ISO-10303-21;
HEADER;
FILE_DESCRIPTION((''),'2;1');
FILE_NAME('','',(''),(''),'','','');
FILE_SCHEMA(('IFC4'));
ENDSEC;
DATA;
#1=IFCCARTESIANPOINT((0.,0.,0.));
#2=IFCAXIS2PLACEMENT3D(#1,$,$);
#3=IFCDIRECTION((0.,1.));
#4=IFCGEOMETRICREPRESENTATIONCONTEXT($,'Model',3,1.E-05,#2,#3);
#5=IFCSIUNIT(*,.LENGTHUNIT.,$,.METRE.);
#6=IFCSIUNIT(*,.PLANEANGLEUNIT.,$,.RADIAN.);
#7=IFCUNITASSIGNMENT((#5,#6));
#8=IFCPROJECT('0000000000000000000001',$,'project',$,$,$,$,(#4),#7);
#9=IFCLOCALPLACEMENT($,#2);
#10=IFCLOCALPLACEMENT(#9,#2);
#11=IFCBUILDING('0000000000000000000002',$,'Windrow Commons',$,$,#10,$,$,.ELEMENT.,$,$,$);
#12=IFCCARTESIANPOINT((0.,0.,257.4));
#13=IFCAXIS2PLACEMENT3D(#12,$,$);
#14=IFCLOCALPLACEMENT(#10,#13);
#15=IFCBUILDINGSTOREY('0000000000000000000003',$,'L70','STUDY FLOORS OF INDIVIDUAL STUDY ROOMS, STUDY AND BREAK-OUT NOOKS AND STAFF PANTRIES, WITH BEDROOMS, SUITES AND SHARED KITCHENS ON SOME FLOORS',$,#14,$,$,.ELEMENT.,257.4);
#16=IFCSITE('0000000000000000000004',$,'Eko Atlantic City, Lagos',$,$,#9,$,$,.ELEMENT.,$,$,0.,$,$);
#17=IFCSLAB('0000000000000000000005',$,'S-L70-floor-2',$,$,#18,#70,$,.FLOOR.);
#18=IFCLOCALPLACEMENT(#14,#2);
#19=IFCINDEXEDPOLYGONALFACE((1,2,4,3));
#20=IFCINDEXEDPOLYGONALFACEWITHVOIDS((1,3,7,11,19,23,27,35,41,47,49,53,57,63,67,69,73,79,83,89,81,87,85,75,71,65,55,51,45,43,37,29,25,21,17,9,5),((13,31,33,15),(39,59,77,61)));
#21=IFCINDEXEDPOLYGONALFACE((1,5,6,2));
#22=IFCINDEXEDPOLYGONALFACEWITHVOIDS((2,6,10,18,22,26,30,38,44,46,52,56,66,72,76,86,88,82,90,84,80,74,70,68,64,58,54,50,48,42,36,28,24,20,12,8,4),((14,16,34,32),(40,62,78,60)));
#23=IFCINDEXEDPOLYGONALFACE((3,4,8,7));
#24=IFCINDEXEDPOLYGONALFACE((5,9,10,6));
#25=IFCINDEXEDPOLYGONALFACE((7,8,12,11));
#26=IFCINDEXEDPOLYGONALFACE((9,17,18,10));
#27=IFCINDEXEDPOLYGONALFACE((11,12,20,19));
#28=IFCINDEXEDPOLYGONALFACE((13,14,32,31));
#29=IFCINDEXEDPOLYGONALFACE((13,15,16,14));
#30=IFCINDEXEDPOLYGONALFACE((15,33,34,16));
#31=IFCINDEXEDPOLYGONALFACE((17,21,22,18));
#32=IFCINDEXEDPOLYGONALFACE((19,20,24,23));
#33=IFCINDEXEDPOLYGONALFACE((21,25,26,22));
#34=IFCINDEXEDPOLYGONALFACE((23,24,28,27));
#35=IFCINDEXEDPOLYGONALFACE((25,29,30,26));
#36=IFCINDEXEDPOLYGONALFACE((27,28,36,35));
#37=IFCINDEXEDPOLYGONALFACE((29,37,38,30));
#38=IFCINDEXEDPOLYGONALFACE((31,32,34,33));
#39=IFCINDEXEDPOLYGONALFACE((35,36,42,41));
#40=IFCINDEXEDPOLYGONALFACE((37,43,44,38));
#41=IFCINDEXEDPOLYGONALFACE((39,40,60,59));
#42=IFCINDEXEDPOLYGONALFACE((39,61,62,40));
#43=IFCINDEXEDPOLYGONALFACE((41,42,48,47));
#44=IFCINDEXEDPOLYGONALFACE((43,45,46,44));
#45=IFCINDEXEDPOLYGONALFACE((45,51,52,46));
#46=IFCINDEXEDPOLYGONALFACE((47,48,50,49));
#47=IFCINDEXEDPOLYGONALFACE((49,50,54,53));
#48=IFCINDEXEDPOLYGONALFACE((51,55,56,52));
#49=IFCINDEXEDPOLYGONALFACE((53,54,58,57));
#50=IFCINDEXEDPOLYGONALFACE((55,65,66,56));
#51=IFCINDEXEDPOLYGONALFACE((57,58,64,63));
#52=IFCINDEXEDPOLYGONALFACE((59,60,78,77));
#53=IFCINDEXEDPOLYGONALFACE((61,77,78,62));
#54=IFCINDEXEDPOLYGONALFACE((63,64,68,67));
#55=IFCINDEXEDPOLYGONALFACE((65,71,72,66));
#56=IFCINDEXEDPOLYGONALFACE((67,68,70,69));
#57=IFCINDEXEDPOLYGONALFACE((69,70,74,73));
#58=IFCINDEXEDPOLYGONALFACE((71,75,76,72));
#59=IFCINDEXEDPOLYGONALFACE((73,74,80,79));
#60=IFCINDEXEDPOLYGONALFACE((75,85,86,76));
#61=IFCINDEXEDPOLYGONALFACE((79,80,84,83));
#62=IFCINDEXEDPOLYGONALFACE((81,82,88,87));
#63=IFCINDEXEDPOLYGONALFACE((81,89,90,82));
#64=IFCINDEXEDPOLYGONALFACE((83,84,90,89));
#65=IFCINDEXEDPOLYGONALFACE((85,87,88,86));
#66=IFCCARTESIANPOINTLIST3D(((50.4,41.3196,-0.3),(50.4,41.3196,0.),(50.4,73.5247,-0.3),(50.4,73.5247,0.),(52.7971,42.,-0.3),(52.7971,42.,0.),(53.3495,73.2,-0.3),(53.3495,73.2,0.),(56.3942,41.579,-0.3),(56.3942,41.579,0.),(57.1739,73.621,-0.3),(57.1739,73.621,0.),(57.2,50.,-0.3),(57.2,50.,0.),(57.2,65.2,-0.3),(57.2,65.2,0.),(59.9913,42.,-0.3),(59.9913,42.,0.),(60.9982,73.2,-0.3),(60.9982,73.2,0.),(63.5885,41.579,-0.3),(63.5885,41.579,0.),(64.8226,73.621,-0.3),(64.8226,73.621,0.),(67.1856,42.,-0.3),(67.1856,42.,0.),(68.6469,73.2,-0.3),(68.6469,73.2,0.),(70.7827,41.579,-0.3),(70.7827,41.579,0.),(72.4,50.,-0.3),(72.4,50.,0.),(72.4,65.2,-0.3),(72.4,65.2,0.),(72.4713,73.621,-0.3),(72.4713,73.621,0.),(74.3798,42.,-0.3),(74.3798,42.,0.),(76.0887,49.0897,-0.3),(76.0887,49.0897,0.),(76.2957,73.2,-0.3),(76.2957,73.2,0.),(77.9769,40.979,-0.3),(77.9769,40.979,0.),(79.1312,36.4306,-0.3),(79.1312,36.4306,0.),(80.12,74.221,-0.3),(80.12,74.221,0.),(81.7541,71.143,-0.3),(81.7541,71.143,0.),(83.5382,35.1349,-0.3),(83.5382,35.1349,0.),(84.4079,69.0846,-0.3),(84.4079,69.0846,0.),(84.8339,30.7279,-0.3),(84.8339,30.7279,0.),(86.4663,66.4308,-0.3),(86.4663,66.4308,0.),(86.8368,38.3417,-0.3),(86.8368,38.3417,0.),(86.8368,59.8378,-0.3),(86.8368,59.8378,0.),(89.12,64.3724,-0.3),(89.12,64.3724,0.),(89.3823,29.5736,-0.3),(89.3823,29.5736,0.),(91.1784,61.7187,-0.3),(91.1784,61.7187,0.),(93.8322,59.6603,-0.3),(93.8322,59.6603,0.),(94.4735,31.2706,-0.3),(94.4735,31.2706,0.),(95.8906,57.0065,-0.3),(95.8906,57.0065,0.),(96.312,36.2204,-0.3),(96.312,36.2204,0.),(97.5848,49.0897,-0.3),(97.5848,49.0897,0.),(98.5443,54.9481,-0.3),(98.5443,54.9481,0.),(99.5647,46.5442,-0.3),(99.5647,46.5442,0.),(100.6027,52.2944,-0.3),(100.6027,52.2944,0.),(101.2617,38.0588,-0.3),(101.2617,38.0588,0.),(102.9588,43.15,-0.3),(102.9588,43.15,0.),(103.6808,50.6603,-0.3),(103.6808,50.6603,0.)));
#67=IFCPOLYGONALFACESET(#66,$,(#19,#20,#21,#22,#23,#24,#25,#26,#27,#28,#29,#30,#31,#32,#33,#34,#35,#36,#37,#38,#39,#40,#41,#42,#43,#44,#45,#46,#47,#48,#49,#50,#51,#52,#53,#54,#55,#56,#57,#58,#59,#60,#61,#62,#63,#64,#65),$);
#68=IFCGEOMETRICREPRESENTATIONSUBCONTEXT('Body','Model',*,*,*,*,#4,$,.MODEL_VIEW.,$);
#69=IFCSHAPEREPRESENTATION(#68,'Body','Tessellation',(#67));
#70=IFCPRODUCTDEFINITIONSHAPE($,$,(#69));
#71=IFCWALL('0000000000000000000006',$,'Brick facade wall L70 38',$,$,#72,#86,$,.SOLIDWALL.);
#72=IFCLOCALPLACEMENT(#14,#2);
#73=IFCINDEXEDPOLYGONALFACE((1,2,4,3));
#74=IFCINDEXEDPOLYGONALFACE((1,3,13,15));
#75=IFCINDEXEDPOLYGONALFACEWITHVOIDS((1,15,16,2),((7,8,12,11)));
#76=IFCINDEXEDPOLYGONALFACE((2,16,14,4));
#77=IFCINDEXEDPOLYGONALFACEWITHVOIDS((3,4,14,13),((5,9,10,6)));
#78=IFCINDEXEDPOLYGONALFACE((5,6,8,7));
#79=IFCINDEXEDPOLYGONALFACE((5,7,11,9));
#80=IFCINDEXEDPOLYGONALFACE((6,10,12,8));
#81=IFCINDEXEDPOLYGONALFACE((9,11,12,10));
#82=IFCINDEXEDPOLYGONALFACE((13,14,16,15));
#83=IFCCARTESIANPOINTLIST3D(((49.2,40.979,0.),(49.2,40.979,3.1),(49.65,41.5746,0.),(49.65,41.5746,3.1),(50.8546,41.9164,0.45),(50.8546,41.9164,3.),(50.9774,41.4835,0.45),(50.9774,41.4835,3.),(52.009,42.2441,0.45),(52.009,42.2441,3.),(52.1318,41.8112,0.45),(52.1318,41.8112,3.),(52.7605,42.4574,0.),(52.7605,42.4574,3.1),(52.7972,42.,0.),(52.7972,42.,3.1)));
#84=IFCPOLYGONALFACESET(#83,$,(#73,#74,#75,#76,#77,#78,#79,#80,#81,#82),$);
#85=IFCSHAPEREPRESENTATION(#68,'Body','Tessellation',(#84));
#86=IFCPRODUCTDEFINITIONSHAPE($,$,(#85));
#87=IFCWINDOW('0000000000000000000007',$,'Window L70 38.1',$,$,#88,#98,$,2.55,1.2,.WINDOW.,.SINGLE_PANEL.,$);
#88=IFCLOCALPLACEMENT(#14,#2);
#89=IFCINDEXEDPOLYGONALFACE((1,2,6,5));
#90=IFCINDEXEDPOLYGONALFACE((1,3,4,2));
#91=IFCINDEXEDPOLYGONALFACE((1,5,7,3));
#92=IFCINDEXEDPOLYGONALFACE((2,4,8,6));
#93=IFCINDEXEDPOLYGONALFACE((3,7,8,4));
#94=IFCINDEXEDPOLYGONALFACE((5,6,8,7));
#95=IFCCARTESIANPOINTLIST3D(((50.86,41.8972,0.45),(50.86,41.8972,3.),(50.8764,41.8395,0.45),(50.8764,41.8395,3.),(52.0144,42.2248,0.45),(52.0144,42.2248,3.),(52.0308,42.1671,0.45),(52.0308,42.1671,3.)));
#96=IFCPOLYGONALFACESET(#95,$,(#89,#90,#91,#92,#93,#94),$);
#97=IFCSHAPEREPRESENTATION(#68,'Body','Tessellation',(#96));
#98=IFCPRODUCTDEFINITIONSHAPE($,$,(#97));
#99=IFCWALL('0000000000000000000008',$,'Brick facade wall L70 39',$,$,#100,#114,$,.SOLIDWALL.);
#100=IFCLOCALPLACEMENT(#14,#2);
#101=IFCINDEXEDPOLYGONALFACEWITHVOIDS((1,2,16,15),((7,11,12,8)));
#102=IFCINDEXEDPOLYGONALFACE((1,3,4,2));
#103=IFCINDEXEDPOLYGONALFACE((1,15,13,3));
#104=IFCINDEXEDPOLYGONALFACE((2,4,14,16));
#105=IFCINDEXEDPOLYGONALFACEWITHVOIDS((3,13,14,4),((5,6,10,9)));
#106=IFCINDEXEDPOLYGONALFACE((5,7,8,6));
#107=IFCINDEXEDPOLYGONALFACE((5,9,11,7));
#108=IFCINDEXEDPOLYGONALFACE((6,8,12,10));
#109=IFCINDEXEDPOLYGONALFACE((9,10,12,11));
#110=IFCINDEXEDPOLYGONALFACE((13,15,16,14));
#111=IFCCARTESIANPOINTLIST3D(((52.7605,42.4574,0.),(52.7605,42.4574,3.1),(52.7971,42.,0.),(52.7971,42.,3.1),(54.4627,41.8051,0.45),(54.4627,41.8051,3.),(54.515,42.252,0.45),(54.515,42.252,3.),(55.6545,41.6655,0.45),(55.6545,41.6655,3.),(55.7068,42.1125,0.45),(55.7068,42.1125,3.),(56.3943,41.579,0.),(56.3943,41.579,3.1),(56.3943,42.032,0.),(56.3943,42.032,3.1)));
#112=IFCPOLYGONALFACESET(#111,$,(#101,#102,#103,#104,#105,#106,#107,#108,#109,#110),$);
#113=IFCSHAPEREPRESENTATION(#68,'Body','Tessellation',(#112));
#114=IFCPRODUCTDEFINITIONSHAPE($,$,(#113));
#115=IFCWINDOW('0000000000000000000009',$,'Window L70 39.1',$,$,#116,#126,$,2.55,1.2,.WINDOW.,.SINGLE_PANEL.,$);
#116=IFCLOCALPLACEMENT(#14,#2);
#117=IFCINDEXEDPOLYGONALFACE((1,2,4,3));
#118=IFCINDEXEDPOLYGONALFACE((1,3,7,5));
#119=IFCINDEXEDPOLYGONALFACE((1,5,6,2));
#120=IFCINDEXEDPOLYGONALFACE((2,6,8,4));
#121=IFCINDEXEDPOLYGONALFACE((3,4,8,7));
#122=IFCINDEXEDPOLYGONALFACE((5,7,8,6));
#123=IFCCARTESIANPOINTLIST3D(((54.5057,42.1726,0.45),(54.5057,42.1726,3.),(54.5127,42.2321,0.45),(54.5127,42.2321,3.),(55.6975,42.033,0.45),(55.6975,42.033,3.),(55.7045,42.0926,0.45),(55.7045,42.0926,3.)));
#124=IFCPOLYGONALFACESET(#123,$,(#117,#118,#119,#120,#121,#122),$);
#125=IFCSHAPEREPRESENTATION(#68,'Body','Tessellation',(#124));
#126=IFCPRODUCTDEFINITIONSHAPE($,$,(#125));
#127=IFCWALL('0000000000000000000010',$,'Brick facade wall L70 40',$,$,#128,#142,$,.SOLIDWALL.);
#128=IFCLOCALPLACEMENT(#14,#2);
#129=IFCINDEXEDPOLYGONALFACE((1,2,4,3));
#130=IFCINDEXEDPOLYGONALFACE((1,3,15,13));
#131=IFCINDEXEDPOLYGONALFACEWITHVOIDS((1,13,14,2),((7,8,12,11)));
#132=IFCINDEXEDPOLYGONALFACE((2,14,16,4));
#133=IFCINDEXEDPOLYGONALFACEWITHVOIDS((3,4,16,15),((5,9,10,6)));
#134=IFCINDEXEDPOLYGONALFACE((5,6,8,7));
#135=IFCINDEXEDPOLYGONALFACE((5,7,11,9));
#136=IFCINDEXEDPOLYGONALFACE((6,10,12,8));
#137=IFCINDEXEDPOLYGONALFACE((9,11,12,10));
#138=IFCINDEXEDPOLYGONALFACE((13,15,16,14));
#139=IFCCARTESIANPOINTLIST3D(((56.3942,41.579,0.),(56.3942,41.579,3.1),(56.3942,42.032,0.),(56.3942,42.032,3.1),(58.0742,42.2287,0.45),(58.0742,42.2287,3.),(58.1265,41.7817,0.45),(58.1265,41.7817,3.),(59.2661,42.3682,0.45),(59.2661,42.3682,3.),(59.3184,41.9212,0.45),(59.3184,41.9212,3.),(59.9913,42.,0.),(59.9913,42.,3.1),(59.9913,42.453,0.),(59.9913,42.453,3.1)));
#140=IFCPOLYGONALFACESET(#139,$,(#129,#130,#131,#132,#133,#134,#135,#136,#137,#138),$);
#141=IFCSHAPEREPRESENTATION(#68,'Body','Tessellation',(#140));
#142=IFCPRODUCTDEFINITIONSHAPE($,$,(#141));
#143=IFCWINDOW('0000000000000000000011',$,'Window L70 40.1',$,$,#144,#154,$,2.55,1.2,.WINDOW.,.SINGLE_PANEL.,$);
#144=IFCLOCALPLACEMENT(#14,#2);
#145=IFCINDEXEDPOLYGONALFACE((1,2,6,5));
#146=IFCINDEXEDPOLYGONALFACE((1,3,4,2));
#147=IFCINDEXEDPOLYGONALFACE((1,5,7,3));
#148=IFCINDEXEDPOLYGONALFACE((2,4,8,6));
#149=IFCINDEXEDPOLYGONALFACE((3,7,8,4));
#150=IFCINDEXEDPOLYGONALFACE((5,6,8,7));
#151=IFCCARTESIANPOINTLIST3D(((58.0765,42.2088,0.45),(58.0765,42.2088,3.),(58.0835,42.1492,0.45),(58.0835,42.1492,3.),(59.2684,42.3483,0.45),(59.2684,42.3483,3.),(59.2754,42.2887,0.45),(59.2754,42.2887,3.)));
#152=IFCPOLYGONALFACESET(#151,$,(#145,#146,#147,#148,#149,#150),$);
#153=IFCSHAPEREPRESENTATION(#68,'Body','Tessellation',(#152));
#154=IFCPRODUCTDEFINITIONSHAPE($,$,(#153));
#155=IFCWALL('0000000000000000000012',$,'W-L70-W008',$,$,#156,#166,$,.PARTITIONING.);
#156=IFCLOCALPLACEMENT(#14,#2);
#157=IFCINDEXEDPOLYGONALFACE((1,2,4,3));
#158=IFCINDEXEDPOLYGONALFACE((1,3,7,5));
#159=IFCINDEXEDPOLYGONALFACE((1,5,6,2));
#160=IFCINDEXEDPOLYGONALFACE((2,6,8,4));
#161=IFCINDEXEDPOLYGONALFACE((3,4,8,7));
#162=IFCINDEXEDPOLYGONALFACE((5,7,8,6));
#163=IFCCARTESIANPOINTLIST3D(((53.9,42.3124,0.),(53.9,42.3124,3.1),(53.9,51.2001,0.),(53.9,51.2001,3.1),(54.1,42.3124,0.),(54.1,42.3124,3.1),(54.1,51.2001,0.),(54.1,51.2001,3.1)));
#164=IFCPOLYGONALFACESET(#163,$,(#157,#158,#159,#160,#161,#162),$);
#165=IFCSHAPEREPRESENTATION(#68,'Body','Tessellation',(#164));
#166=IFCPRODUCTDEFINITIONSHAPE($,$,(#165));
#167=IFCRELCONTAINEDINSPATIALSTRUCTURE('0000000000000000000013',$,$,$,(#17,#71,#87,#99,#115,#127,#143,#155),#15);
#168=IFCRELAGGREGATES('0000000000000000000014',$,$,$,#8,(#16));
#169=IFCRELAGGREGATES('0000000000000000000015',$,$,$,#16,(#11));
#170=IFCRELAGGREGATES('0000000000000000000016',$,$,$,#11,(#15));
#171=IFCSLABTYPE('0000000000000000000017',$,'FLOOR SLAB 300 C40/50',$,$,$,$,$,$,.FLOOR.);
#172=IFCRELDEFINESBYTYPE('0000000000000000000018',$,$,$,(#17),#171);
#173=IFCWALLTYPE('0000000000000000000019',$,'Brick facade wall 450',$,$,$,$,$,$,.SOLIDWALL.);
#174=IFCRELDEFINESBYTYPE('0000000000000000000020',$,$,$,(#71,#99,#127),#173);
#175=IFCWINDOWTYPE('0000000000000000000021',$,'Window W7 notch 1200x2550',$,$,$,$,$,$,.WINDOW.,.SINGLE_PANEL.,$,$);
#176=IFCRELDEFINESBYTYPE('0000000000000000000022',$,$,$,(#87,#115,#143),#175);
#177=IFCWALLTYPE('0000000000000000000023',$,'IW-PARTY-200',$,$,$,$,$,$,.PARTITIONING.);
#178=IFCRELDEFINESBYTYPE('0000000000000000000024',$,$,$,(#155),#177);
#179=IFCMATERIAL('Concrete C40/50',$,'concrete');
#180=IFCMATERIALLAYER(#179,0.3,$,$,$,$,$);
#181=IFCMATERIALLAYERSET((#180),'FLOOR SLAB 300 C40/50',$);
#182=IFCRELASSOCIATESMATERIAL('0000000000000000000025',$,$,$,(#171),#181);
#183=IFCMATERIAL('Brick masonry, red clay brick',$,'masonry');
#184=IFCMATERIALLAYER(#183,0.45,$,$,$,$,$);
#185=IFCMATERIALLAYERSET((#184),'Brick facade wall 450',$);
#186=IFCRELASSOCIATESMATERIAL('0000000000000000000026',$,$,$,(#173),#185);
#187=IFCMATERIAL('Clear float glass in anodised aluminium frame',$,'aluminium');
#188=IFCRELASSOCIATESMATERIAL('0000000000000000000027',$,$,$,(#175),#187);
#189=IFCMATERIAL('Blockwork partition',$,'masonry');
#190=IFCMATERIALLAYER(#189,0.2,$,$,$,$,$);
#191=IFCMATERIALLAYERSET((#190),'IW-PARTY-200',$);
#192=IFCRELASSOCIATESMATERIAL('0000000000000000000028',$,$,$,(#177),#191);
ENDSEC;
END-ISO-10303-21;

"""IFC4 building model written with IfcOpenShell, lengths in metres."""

from ifc_helpers import new_model, si_unit, direction, frame, frame_2d, origin, place, context, subcontext, project, spatial, polyline, rectangle, outline, extrude, material, layer, layer_set, type_object, element, fill, save


model = new_model("IFC4")

# Units and contexts
model_context = context("Model", 3, precision=1e-05, world=origin(), true_north=direction((0.0, 1.0)))
body_context = subcontext(model_context, "Body", "Model", "MODEL_VIEW")
ifc_project = project(units=[si_unit("LENGTHUNIT", "METRE"), si_unit("PLANEANGLEUNIT", "RADIAN")], contexts=[model_context])

# Site, building, storey
site_placement = place(None, origin())
site = spatial("IfcSite", under=ifc_project, at=site_placement, Name="Eko Atlantic City, Lagos", CompositionType="ELEMENT", RefElevation=0.0)
building_placement = place(site_placement, origin())
building = spatial("IfcBuilding", under=site, at=building_placement, Name="Windrow Commons", CompositionType="ELEMENT")
storey_placement = place(building_placement, frame((0.0, 0.0, 257.4)))
storey = spatial("IfcBuildingStorey", under=building, at=storey_placement, Name="L70", Description="STUDY FLOORS OF INDIVIDUAL STUDY ROOMS, STUDY AND BREAK-OUT NOOKS AND STAFF PANTRIES, WITH BEDROOMS, SUITES AND SHARED KITCHENS ON SOME FLOORS", CompositionType="ELEMENT", Elevation=257.4)

# Shared definitions
placement_1 = place(storey_placement, frame((0.0, 0.0, -0.3)))

# Shared definitions
ifc_material_1 = material(Name="Concrete C40/50", Category="concrete")
ifc_layer_1 = layer(ifc_material_1, 0.3)
ifc_layer_set_1 = layer_set([ifc_layer_1], Name="FLOOR SLAB 300 C40/50")
slab_type_1 = type_object("IfcSlabType", Name="FLOOR SLAB 300 C40/50", PredefinedType="FLOOR", material=ifc_layer_set_1)

# Slab, openings
slab_1 = element("IfcSlab", 1, at=placement_1, inside=storey, type_object=slab_type_1, Name="S-L70-floor-2", PredefinedType="FLOOR", context=body_context, shape_type="SweptSolid", body=[
    extrude(outline(polyline([(84.8339, 30.7279), (89.3823, 29.5736), (94.4735, 31.2706), (96.312, 36.2204), (101.2617, 38.0588), (102.9588, 43.15), (99.5647, 46.5442), (103.6808, 50.6603), (100.6027, 52.2944), (98.5443, 54.9481), (95.8906, 57.0065), (93.8322, 59.6603), (91.1784, 61.7187), (89.12, 64.3724), (86.4663, 66.4308), (84.4079, 69.0846), (81.7541, 71.143), (80.12, 74.221), (76.2957, 73.2), (72.4713, 73.621), (68.6469, 73.2), (64.8226, 73.621), (60.9982, 73.2), (57.1739, 73.621), (53.3495, 73.2), (50.4, 73.5247), (50.4, 41.3196), (52.7971, 42.0), (56.3942, 41.579), (59.9913, 42.0), (63.5885, 41.579), (67.1856, 42.0), (70.7827, 41.579), (74.3798, 42.0), (77.9769, 40.979), (79.1312, 36.4306), (83.5382, 35.1349), (84.8339, 30.7279)]), holes=[polyline([(86.8368, 59.8378), (97.5848, 49.0897), (86.8368, 38.3417), (76.0887, 49.0897), (86.8368, 59.8378)]), polyline([(57.2, 65.2), (72.4, 65.2), (72.4, 50.0), (57.2, 50.0), (57.2, 65.2)])]), origin(), (0.0, 0.0, 1.0), 0.3),
])
opening_1_placement = place(placement_1, origin())
element("IfcOpeningElement", 2, at=opening_1_placement, cuts=slab_1, PredefinedType="OPENING", context=body_context, shape_type="SweptSolid", body=[
    extrude(outline(polyline([(86.8368, 59.8307), (97.5777, 49.0897), (86.8368, 38.3488), (76.0958, 49.0897), (86.8368, 59.8307)])), origin(), (0.0, 0.0, 1.0), 0.3),
])
opening_2_placement = place(placement_1, origin())
element("IfcOpeningElement", 3, at=opening_2_placement, cuts=slab_1, PredefinedType="OPENING", context=body_context, shape_type="SweptSolid", body=[
    extrude(outline(polyline([(57.205, 65.195), (72.395, 65.195), (72.395, 50.005), (57.205, 50.005), (57.205, 65.195)])), origin(), (0.0, 0.0, 1.0), 0.3),
])

# Walls, openings, windows
ifc_material_2 = material(Name="Brick masonry, red clay brick", Category="masonry")
ifc_layer_2 = layer(ifc_material_2, 0.45)
ifc_layer_set_2 = layer_set([ifc_layer_2], Name="Brick facade wall 450")
wall_type_1 = type_object("IfcWallType", Name="Brick facade wall 450", PredefinedType="SOLIDWALL", material=ifc_layer_set_2)
wall_1_placement = place(storey_placement, frame((49.425, 41.2768, 0.0), z_axis=(0.0, 0.0, 1.0), x_axis=(0.962002, 0.273042, 0.0)))
wall_1 = element("IfcWall", 4, at=wall_1_placement, inside=storey, type_object=wall_type_1, Name="Brick facade wall L70 38", PredefinedType="SOLIDWALL", context=body_context, shape_type="SweptSolid", body=[
    extrude(outline(polyline([(-0.2978, -0.225), (3.4415, -0.225), (3.5311, 0.225), (0.2978, 0.225), (-0.2978, -0.225)])), origin(), (0.0, 0.0, 1.0), 3.1),
])
opening_3_placement = place(wall_1_placement, frame((1.5499, 0.0, 0.45)))
opening_3 = element("IfcOpeningElement", 5, at=opening_3_placement, cuts=wall_1, PredefinedType="OPENING", context=body_context, shape_type="SweptSolid", body=[
    extrude(rectangle(XDim=1.2, YDim=2.55, at=frame_2d((0.6, 1.275))), frame((0.0, 0.235, 0.0), z_axis=(0.0, -1.0, 0.0), x_axis=(1.0, 0.0, 0.0)), (0.0, 0.0, 1.0), 0.47),
])
ifc_material_3 = material(Name="Clear float glass in anodised aluminium frame", Category="aluminium")
window_type = type_object("IfcWindowType", Name="Window W7 notch 1200x2550", PartitioningType="SINGLE_PANEL", PredefinedType="WINDOW", material=ifc_material_3)
window_1_placement = place(opening_3_placement, origin())
window_1 = element("IfcWindow", 6, at=window_1_placement, inside=storey, type_object=window_type, Name="Window L70 38.1", OverallHeight=2.55, OverallWidth=1.2, PartitioningType="SINGLE_PANEL", PredefinedType="WINDOW", context=body_context, shape_type="SweptSolid", body=[
    extrude(rectangle(XDim=1.2, YDim=2.55, at=frame_2d((0.6, 1.275))), frame((0.0, 0.205, 0.0), z_axis=(0.0, -1.0, 0.0), x_axis=(1.0, 0.0, 0.0)), (0.0, 0.0, 1.0), 0.06),
])
fill(opening_3, window_1)
wall_2_placement = place(storey_placement, frame((52.7788, 42.2287, 0.0), z_axis=(0.0, 0.0, 1.0), x_axis=(0.993219, -0.116261, 0.0)))
wall_2 = element("IfcWall", 7, at=wall_2_placement, inside=storey, type_object=wall_type_1, Name="Brick facade wall L70 39", PredefinedType="SOLIDWALL", context=body_context, shape_type="SweptSolid", body=[
    extrude(outline(polyline([(0.0448, -0.225), (3.6665, -0.225), (3.6138, 0.225), (-0.0448, 0.225), (0.0448, -0.225)])), origin(), (0.0, 0.0, 1.0), 3.1),
])
opening_4_placement = place(wall_2_placement, frame((1.7217, 0.0, 0.45)))
opening_4 = element("IfcOpeningElement", 8, at=opening_4_placement, cuts=wall_2, PredefinedType="OPENING", context=body_context, shape_type="SweptSolid", body=[
    extrude(rectangle(XDim=1.2, YDim=2.55, at=frame_2d((0.6, 1.275))), frame((0.0, 0.235, 0.0), z_axis=(0.0, -1.0, 0.0), x_axis=(1.0, 0.0, 0.0)), (0.0, 0.0, 1.0), 0.47),
])
window_2_placement = place(opening_4_placement, origin())
window_2 = element("IfcWindow", 9, at=window_2_placement, inside=storey, type_object=window_type, Name="Window L70 39.1", OverallHeight=2.55, OverallWidth=1.2, PartitioningType="SINGLE_PANEL", PredefinedType="WINDOW", context=body_context, shape_type="SweptSolid", body=[
    extrude(rectangle(XDim=1.2, YDim=2.55, at=frame_2d((0.6, 1.275))), frame((0.0, 0.205, 0.0), z_axis=(0.0, -1.0, 0.0), x_axis=(1.0, 0.0, 0.0)), (0.0, 0.0, 1.0), 0.06),
])
fill(opening_4, window_2)
wall_3_placement = place(storey_placement, frame((56.3942, 41.8055, 0.0), z_axis=(0.0, 0.0, 1.0), x_axis=(0.993221, 0.116245, 0.0)))
wall_3 = element("IfcWall", 10, at=wall_3_placement, inside=storey, type_object=wall_type_1, Name="Brick facade wall L70 40", PredefinedType="SOLIDWALL", context=body_context, shape_type="SweptSolid", body=[
    extrude(outline(polyline([(-0.0263, -0.225), (3.5953, -0.225), (3.648, 0.225), (0.0263, 0.225), (-0.0263, -0.225)])), origin(), (0.0, 0.0, 1.0), 3.1),
])
opening_5_placement = place(wall_3_placement, frame((1.7178, 0.0, 0.45)))
opening_5 = element("IfcOpeningElement", 11, at=opening_5_placement, cuts=wall_3, PredefinedType="OPENING", context=body_context, shape_type="SweptSolid", body=[
    extrude(rectangle(XDim=1.2, YDim=2.55, at=frame_2d((0.6, 1.275))), frame((0.0, 0.235, 0.0), z_axis=(0.0, -1.0, 0.0), x_axis=(1.0, 0.0, 0.0)), (0.0, 0.0, 1.0), 0.47),
])
window_3_placement = place(opening_5_placement, origin())
window_3 = element("IfcWindow", 12, at=window_3_placement, inside=storey, type_object=window_type, Name="Window L70 40.1", OverallHeight=2.55, OverallWidth=1.2, PartitioningType="SINGLE_PANEL", PredefinedType="WINDOW", context=body_context, shape_type="SweptSolid", body=[
    extrude(rectangle(XDim=1.2, YDim=2.55, at=frame_2d((0.6, 1.275))), frame((0.0, 0.205, 0.0), z_axis=(0.0, -1.0, 0.0), x_axis=(1.0, 0.0, 0.0)), (0.0, 0.0, 1.0), 0.06),
])
fill(opening_5, window_3)

# Wall
ifc_material_4 = material(Name="Blockwork partition", Category="masonry")
ifc_layer_3 = layer(ifc_material_4, 0.2)
ifc_layer_set_3 = layer_set([ifc_layer_3], Name="IW-PARTY-200")
wall_type_2 = type_object("IfcWallType", Name="IW-PARTY-200", PredefinedType="PARTITIONING", material=ifc_layer_set_3)
wall_4_placement = place(storey_placement, frame((54.0, 42.3123, 0.0), z_axis=(0.0, 0.0, 1.0), x_axis=(0.0, 1.0, 0.0)))
element("IfcWall", 13, at=wall_4_placement, inside=storey, type_object=wall_type_2, Name="W-L70-W008", PredefinedType="PARTITIONING", context=body_context, shape_type="SweptSolid", body=[
    extrude(rectangle(XDim=8.8877, YDim=0.2, at=frame_2d((4.4439, 0.0))), origin(), (0.0, 0.0, 1.0), 3.1),
])

save(model, "model.ifc")
